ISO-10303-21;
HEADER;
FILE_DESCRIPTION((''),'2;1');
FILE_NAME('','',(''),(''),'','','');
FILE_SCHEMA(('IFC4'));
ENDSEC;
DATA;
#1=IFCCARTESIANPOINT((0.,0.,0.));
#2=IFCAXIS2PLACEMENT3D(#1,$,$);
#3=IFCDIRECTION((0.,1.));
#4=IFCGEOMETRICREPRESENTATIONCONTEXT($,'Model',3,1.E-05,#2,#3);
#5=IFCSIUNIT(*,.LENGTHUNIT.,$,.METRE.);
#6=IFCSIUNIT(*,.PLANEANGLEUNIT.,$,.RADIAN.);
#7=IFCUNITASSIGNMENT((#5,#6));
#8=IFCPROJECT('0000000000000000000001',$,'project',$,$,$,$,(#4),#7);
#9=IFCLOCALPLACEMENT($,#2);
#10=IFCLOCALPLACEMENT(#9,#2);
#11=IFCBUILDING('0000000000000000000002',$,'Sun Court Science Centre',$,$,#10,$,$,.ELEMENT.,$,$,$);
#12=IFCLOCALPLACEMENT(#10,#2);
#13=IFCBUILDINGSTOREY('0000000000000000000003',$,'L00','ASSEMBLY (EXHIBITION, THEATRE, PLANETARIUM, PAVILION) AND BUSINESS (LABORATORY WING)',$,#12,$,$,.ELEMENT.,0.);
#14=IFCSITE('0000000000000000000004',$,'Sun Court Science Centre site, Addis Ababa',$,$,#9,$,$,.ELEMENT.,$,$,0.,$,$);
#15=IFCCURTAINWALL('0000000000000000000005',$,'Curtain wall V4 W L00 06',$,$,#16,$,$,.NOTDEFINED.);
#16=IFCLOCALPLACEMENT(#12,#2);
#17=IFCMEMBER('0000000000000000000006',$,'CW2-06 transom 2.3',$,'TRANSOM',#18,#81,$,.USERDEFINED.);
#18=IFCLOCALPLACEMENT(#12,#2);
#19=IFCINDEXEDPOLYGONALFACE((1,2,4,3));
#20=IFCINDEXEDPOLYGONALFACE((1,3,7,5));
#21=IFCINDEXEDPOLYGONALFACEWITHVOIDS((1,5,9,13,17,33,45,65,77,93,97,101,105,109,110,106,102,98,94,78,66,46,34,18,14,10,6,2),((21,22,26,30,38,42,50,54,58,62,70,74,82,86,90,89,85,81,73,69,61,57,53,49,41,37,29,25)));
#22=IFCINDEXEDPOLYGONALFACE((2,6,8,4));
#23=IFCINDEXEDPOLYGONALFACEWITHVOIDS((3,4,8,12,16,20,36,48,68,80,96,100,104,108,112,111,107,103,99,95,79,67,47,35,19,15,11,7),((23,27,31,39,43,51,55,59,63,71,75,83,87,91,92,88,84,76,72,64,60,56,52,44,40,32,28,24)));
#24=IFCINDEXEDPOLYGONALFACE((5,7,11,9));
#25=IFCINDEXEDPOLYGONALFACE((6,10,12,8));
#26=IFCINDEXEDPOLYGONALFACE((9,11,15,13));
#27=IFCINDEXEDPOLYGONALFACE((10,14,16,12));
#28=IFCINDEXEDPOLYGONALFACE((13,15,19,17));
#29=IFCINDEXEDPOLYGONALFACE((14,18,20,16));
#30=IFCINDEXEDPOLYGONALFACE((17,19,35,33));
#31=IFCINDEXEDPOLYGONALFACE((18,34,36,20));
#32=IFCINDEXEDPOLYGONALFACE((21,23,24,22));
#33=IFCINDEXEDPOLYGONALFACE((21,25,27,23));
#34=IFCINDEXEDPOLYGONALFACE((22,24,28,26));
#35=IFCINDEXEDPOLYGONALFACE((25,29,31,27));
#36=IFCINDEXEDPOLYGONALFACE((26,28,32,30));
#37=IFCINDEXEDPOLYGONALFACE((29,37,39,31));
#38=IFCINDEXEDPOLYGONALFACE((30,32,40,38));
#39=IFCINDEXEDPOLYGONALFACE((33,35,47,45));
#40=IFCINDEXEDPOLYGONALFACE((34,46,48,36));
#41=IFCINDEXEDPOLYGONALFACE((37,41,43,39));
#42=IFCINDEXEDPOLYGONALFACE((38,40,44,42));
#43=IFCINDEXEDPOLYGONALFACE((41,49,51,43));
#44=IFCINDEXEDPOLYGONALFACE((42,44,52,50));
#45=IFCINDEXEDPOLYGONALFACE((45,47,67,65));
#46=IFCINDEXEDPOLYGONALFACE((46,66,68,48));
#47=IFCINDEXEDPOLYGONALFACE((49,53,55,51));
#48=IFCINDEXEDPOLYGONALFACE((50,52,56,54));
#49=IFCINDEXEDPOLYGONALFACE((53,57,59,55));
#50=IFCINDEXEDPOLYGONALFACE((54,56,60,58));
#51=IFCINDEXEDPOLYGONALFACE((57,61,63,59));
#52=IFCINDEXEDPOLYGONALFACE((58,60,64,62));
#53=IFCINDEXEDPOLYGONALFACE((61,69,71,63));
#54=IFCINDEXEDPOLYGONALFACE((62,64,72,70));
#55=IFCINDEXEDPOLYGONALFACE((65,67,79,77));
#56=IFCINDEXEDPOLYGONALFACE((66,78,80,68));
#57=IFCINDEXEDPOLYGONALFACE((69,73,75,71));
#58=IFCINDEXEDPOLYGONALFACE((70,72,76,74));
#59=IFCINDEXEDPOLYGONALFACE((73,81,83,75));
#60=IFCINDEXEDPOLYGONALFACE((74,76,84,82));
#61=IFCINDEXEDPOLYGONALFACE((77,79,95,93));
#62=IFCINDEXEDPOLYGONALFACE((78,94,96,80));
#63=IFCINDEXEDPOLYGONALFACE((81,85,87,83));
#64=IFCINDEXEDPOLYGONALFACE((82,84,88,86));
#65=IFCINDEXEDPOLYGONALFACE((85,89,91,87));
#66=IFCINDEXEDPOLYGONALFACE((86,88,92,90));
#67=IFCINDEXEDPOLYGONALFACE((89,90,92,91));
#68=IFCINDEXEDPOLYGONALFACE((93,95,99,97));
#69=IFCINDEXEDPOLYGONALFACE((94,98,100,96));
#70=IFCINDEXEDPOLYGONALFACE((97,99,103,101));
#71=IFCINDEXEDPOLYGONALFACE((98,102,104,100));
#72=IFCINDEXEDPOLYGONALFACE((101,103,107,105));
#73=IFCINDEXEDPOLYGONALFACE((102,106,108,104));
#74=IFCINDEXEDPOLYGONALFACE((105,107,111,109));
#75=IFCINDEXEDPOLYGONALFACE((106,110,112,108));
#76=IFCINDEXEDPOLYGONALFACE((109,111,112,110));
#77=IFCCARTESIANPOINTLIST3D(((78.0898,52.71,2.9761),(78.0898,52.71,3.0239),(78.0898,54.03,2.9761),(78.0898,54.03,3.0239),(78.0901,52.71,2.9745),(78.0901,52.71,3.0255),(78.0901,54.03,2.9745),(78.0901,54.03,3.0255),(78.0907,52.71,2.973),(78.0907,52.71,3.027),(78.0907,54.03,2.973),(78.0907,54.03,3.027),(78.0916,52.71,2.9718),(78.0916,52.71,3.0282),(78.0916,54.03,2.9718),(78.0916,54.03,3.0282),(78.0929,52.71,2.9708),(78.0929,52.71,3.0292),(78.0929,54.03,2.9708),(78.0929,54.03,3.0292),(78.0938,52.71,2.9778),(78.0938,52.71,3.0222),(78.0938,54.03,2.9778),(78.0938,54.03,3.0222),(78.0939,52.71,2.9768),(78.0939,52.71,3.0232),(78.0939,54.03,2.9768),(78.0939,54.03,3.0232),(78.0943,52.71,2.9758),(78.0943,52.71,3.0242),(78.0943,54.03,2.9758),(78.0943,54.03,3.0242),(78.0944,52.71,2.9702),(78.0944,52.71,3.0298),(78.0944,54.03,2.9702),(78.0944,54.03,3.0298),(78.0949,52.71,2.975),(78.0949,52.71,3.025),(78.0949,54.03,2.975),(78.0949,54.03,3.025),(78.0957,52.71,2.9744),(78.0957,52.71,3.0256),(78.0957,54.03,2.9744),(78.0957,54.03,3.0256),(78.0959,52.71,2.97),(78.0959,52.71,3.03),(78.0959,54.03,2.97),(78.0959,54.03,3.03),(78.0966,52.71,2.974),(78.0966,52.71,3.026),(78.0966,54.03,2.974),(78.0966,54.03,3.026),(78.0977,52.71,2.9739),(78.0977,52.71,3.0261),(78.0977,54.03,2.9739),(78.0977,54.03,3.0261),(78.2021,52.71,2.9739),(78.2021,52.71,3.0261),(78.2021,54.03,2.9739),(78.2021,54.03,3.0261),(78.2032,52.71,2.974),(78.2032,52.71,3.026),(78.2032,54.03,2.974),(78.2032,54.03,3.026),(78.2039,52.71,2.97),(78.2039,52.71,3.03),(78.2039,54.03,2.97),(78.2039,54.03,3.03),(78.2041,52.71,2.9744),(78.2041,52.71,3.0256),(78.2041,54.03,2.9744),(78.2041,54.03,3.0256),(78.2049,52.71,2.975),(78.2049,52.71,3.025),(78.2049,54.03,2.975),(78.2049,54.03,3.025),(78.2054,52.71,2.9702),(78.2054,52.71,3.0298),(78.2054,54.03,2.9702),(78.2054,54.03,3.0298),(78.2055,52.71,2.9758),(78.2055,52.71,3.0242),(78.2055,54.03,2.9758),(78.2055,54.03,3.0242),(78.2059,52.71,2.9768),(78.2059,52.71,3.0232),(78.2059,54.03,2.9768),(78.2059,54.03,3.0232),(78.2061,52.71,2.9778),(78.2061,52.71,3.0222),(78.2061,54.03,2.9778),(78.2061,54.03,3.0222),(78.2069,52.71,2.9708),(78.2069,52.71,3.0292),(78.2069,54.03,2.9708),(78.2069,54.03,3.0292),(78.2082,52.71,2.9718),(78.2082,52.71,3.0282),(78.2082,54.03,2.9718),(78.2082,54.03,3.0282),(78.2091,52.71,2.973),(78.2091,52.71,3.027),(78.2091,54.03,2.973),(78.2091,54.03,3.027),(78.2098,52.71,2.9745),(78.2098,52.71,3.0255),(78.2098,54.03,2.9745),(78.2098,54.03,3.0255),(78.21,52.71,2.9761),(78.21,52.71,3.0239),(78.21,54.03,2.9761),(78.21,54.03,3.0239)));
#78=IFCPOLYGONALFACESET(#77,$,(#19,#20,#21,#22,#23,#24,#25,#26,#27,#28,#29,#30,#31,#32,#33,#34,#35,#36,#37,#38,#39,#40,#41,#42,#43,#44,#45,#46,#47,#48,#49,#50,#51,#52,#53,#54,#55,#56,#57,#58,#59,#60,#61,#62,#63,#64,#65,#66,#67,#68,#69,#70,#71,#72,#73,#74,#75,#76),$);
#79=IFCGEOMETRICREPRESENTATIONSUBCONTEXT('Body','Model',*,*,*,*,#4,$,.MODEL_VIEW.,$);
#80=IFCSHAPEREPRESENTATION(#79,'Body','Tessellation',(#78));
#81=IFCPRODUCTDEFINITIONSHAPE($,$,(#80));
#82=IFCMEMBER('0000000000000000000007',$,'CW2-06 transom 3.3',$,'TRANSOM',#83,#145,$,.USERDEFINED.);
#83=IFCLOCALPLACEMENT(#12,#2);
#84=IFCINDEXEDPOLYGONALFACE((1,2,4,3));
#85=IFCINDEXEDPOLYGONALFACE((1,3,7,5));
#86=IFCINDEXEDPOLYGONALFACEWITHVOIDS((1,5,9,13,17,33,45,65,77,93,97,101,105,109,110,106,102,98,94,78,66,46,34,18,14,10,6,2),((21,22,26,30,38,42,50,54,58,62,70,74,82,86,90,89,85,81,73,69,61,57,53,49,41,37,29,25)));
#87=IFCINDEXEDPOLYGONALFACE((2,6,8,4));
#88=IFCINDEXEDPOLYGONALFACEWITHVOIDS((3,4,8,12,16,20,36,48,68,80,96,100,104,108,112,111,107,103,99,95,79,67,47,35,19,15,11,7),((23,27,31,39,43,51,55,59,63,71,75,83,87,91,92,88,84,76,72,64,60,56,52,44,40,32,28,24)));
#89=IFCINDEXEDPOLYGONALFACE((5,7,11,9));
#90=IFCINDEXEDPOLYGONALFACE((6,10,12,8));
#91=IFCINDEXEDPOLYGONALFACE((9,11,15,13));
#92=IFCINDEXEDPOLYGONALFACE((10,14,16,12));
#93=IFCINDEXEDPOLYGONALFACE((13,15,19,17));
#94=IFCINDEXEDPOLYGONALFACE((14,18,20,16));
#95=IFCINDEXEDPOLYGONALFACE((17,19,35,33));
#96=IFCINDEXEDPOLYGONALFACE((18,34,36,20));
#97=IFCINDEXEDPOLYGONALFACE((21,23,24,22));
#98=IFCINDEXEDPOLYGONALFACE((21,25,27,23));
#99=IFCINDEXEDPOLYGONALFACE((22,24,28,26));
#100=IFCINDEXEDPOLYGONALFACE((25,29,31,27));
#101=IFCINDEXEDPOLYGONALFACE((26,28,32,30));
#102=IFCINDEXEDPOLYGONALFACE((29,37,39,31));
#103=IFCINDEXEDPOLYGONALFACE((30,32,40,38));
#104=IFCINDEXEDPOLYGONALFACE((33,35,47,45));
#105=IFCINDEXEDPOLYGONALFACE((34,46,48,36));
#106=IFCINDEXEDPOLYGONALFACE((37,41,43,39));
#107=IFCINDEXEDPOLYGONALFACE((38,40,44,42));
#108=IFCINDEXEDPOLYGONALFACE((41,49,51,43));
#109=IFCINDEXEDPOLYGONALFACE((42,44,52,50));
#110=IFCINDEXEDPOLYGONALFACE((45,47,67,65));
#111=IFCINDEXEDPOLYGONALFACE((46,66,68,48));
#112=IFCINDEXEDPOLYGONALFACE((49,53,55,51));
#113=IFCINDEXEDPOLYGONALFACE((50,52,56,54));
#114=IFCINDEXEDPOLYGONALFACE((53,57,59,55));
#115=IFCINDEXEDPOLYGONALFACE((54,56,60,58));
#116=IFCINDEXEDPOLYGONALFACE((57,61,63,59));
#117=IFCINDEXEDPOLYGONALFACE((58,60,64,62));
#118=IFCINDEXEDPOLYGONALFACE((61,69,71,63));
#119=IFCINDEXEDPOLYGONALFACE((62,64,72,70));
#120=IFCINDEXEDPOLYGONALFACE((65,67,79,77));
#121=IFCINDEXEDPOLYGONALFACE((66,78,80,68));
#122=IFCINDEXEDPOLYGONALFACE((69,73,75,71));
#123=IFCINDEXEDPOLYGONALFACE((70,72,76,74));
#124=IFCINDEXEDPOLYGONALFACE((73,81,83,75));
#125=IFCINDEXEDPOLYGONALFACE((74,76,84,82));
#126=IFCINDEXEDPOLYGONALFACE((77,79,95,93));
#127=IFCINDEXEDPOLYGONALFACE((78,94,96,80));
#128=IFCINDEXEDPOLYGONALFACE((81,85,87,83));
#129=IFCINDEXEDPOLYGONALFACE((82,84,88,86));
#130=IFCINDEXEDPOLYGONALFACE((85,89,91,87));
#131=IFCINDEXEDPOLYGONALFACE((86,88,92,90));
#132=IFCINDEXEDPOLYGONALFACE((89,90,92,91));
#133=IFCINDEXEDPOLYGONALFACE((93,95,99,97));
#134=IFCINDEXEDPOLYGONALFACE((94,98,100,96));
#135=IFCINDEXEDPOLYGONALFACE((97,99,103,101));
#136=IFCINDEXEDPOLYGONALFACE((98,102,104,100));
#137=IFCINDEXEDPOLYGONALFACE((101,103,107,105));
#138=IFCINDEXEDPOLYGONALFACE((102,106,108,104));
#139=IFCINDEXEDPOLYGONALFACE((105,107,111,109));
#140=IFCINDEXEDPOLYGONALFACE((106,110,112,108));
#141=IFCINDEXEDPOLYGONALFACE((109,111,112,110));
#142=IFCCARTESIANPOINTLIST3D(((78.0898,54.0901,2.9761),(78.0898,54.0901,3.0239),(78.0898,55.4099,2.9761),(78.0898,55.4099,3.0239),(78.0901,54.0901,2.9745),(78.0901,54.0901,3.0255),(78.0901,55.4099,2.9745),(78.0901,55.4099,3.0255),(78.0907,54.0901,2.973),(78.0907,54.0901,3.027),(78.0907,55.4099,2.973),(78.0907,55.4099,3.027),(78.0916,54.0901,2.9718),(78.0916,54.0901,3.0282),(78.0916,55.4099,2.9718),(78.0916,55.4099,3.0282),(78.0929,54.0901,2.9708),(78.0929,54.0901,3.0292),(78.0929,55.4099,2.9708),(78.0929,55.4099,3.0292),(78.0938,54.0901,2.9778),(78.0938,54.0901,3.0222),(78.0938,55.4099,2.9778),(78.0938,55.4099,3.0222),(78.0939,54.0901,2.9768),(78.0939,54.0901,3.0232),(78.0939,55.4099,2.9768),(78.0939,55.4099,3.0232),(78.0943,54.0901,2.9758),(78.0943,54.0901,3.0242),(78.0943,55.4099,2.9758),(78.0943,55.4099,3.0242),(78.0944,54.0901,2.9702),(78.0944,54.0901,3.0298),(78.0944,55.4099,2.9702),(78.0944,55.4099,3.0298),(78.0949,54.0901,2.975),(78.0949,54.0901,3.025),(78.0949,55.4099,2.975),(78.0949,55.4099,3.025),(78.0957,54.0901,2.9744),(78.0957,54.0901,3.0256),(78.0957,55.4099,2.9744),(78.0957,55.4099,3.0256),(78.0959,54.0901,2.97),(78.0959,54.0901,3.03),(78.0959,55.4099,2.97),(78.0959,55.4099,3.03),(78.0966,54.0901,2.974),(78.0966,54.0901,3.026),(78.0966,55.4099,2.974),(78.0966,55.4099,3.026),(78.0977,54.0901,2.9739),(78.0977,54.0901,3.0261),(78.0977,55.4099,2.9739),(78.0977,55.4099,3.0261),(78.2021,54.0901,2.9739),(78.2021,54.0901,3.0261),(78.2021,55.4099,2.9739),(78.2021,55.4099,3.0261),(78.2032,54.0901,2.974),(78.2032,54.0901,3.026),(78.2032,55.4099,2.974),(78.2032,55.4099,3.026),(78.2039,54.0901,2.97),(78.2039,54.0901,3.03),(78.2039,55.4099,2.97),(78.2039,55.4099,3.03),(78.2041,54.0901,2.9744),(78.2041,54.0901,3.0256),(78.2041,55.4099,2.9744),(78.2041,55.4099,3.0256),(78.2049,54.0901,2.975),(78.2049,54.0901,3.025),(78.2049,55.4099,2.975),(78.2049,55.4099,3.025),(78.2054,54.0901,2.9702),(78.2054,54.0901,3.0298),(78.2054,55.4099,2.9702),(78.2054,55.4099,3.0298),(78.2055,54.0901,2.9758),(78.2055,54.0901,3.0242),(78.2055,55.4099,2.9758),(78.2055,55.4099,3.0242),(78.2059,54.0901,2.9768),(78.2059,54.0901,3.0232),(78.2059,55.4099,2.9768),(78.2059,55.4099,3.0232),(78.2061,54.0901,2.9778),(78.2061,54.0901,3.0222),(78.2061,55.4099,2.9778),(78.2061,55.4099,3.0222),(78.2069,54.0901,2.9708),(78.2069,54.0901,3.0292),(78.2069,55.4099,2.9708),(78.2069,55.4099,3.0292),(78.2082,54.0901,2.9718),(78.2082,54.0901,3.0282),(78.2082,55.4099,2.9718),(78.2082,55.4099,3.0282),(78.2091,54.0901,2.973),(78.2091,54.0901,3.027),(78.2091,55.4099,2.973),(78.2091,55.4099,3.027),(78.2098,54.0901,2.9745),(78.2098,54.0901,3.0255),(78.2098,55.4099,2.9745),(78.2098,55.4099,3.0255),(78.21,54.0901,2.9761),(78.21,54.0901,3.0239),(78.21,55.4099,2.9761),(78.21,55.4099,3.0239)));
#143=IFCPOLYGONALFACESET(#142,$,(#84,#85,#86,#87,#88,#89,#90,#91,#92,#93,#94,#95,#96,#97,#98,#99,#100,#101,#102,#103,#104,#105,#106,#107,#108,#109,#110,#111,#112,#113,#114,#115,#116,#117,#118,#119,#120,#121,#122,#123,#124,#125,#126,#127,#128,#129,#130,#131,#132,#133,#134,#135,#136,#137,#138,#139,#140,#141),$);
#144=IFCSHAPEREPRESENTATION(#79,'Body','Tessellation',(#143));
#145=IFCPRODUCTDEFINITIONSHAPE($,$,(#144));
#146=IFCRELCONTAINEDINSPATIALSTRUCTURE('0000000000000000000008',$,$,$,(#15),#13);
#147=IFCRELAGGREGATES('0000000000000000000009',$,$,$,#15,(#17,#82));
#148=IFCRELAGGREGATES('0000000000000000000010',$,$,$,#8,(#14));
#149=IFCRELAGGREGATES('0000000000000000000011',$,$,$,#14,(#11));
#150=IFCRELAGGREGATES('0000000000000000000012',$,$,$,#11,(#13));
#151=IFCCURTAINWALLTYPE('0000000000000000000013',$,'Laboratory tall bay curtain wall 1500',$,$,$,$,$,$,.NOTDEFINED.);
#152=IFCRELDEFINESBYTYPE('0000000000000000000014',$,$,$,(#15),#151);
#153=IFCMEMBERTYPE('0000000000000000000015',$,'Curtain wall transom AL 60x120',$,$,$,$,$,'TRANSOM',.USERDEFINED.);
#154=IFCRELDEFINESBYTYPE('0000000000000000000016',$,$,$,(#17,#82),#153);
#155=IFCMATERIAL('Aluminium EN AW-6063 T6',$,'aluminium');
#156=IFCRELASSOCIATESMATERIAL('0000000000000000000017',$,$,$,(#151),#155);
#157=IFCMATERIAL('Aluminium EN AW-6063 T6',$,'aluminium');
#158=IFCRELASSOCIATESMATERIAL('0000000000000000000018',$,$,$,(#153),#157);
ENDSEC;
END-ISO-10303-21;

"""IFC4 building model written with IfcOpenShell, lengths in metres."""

from ifc_helpers import new_model, si_unit, direction, frame, origin, origin_2d, place, context, subcontext, project, spatial, hollow_rectangle, extrude, material, material_profile, profile_set, type_object, element, aggregate, save


model = new_model("IFC4")

# Units and contexts
model_context = context("Model", 3, precision=1e-05, world=origin(), true_north=direction((0.0, 1.0)))
body_context = subcontext(model_context, "Body", "Model", "MODEL_VIEW")
ifc_project = project(units=[si_unit("LENGTHUNIT", "METRE"), si_unit("PLANEANGLEUNIT", "RADIAN")], contexts=[model_context])

# Site, building, storey
site_placement = place(None, origin())
site = spatial("IfcSite", under=ifc_project, at=site_placement, Name="Sun Court Science Centre site, Addis Ababa", CompositionType="ELEMENT", RefElevation=0.0)
building_placement = place(site_placement, origin())
building = spatial("IfcBuilding", under=site, at=building_placement, Name="Sun Court Science Centre", CompositionType="ELEMENT")
storey_placement = place(building_placement, origin())
storey = spatial("IfcBuildingStorey", under=building, at=storey_placement, Name="L00", Description="ASSEMBLY (EXHIBITION, THEATRE, PLANETARIUM, PAVILION) AND BUSINESS (LABORATORY WING)", CompositionType="ELEMENT", Elevation=0.0)

# Curtain wall, members
ifc_material_1 = material(Name="Aluminium EN AW-6063 T6", Category="aluminium")
curtain_wall_type = type_object("IfcCurtainWallType", Name="Laboratory tall bay curtain wall 1500", PredefinedType="NOTDEFINED", material=ifc_material_1)
curtain_wall_placement = place(storey_placement, origin())
curtain_wall = element("IfcCurtainWall", 1, at=curtain_wall_placement, inside=storey, type_object=curtain_wall_type, Name="Curtain wall V4 W L00 06", PredefinedType="NOTDEFINED")
ifc_material_2 = material(Name="Aluminium EN AW-6063 T6", Category="aluminium")
ifc_material_profile_1 = material_profile(ifc_material_2, hollow_rectangle(XDim=0.0601, YDim=0.1201, WallThickness=0.0039, InnerFilletRadius=0.0039, OuterFilletRadius=0.0061, at=origin_2d()), Name="AL 60x120x4")
ifc_profile_set_1 = profile_set([ifc_material_profile_1], Name="Aluminium EN AW-6063 T6")
member_type_1 = type_object("IfcMemberType", Name="Curtain wall transom AL 60x120", ElementType="TRANSOM", PredefinedType="USERDEFINED", material=ifc_profile_set_1)
member_1_placement = place(storey_placement, frame((78.1499, 52.71, 3.0), z_axis=(0.0, 1.0, 0.0), x_axis=(0.0, 0.0, 1.0)))
member_1 = element("IfcMember", 2, at=member_1_placement, type_object=member_type_1, Name="CW2-06 transom 2.3", ObjectType="TRANSOM", PredefinedType="USERDEFINED", context=body_context, shape_type="SweptSolid", body=[
    extrude(hollow_rectangle(XDim=0.0601, YDim=0.1201, WallThickness=0.0039, InnerFilletRadius=0.0039, OuterFilletRadius=0.0061, at=origin_2d()), origin(), (0.0, 0.0, 1.0), 1.3201),
])
member_2_placement = place(storey_placement, frame((78.1499, 54.0901, 3.0), z_axis=(0.0, 1.0, 0.0), x_axis=(0.0, 0.0, 1.0)))
member_2 = element("IfcMember", 3, at=member_2_placement, type_object=member_type_1, Name="CW2-06 transom 3.3", ObjectType="TRANSOM", PredefinedType="USERDEFINED", context=body_context, shape_type="SweptSolid", body=[
    extrude(hollow_rectangle(XDim=0.0601, YDim=0.1201, WallThickness=0.0039, InnerFilletRadius=0.0039, OuterFilletRadius=0.0061, at=origin_2d()), origin(), (0.0, 0.0, 1.0), 1.3198),
])
aggregate(curtain_wall, [member_1, member_2])

save(model, "model.ifc")
